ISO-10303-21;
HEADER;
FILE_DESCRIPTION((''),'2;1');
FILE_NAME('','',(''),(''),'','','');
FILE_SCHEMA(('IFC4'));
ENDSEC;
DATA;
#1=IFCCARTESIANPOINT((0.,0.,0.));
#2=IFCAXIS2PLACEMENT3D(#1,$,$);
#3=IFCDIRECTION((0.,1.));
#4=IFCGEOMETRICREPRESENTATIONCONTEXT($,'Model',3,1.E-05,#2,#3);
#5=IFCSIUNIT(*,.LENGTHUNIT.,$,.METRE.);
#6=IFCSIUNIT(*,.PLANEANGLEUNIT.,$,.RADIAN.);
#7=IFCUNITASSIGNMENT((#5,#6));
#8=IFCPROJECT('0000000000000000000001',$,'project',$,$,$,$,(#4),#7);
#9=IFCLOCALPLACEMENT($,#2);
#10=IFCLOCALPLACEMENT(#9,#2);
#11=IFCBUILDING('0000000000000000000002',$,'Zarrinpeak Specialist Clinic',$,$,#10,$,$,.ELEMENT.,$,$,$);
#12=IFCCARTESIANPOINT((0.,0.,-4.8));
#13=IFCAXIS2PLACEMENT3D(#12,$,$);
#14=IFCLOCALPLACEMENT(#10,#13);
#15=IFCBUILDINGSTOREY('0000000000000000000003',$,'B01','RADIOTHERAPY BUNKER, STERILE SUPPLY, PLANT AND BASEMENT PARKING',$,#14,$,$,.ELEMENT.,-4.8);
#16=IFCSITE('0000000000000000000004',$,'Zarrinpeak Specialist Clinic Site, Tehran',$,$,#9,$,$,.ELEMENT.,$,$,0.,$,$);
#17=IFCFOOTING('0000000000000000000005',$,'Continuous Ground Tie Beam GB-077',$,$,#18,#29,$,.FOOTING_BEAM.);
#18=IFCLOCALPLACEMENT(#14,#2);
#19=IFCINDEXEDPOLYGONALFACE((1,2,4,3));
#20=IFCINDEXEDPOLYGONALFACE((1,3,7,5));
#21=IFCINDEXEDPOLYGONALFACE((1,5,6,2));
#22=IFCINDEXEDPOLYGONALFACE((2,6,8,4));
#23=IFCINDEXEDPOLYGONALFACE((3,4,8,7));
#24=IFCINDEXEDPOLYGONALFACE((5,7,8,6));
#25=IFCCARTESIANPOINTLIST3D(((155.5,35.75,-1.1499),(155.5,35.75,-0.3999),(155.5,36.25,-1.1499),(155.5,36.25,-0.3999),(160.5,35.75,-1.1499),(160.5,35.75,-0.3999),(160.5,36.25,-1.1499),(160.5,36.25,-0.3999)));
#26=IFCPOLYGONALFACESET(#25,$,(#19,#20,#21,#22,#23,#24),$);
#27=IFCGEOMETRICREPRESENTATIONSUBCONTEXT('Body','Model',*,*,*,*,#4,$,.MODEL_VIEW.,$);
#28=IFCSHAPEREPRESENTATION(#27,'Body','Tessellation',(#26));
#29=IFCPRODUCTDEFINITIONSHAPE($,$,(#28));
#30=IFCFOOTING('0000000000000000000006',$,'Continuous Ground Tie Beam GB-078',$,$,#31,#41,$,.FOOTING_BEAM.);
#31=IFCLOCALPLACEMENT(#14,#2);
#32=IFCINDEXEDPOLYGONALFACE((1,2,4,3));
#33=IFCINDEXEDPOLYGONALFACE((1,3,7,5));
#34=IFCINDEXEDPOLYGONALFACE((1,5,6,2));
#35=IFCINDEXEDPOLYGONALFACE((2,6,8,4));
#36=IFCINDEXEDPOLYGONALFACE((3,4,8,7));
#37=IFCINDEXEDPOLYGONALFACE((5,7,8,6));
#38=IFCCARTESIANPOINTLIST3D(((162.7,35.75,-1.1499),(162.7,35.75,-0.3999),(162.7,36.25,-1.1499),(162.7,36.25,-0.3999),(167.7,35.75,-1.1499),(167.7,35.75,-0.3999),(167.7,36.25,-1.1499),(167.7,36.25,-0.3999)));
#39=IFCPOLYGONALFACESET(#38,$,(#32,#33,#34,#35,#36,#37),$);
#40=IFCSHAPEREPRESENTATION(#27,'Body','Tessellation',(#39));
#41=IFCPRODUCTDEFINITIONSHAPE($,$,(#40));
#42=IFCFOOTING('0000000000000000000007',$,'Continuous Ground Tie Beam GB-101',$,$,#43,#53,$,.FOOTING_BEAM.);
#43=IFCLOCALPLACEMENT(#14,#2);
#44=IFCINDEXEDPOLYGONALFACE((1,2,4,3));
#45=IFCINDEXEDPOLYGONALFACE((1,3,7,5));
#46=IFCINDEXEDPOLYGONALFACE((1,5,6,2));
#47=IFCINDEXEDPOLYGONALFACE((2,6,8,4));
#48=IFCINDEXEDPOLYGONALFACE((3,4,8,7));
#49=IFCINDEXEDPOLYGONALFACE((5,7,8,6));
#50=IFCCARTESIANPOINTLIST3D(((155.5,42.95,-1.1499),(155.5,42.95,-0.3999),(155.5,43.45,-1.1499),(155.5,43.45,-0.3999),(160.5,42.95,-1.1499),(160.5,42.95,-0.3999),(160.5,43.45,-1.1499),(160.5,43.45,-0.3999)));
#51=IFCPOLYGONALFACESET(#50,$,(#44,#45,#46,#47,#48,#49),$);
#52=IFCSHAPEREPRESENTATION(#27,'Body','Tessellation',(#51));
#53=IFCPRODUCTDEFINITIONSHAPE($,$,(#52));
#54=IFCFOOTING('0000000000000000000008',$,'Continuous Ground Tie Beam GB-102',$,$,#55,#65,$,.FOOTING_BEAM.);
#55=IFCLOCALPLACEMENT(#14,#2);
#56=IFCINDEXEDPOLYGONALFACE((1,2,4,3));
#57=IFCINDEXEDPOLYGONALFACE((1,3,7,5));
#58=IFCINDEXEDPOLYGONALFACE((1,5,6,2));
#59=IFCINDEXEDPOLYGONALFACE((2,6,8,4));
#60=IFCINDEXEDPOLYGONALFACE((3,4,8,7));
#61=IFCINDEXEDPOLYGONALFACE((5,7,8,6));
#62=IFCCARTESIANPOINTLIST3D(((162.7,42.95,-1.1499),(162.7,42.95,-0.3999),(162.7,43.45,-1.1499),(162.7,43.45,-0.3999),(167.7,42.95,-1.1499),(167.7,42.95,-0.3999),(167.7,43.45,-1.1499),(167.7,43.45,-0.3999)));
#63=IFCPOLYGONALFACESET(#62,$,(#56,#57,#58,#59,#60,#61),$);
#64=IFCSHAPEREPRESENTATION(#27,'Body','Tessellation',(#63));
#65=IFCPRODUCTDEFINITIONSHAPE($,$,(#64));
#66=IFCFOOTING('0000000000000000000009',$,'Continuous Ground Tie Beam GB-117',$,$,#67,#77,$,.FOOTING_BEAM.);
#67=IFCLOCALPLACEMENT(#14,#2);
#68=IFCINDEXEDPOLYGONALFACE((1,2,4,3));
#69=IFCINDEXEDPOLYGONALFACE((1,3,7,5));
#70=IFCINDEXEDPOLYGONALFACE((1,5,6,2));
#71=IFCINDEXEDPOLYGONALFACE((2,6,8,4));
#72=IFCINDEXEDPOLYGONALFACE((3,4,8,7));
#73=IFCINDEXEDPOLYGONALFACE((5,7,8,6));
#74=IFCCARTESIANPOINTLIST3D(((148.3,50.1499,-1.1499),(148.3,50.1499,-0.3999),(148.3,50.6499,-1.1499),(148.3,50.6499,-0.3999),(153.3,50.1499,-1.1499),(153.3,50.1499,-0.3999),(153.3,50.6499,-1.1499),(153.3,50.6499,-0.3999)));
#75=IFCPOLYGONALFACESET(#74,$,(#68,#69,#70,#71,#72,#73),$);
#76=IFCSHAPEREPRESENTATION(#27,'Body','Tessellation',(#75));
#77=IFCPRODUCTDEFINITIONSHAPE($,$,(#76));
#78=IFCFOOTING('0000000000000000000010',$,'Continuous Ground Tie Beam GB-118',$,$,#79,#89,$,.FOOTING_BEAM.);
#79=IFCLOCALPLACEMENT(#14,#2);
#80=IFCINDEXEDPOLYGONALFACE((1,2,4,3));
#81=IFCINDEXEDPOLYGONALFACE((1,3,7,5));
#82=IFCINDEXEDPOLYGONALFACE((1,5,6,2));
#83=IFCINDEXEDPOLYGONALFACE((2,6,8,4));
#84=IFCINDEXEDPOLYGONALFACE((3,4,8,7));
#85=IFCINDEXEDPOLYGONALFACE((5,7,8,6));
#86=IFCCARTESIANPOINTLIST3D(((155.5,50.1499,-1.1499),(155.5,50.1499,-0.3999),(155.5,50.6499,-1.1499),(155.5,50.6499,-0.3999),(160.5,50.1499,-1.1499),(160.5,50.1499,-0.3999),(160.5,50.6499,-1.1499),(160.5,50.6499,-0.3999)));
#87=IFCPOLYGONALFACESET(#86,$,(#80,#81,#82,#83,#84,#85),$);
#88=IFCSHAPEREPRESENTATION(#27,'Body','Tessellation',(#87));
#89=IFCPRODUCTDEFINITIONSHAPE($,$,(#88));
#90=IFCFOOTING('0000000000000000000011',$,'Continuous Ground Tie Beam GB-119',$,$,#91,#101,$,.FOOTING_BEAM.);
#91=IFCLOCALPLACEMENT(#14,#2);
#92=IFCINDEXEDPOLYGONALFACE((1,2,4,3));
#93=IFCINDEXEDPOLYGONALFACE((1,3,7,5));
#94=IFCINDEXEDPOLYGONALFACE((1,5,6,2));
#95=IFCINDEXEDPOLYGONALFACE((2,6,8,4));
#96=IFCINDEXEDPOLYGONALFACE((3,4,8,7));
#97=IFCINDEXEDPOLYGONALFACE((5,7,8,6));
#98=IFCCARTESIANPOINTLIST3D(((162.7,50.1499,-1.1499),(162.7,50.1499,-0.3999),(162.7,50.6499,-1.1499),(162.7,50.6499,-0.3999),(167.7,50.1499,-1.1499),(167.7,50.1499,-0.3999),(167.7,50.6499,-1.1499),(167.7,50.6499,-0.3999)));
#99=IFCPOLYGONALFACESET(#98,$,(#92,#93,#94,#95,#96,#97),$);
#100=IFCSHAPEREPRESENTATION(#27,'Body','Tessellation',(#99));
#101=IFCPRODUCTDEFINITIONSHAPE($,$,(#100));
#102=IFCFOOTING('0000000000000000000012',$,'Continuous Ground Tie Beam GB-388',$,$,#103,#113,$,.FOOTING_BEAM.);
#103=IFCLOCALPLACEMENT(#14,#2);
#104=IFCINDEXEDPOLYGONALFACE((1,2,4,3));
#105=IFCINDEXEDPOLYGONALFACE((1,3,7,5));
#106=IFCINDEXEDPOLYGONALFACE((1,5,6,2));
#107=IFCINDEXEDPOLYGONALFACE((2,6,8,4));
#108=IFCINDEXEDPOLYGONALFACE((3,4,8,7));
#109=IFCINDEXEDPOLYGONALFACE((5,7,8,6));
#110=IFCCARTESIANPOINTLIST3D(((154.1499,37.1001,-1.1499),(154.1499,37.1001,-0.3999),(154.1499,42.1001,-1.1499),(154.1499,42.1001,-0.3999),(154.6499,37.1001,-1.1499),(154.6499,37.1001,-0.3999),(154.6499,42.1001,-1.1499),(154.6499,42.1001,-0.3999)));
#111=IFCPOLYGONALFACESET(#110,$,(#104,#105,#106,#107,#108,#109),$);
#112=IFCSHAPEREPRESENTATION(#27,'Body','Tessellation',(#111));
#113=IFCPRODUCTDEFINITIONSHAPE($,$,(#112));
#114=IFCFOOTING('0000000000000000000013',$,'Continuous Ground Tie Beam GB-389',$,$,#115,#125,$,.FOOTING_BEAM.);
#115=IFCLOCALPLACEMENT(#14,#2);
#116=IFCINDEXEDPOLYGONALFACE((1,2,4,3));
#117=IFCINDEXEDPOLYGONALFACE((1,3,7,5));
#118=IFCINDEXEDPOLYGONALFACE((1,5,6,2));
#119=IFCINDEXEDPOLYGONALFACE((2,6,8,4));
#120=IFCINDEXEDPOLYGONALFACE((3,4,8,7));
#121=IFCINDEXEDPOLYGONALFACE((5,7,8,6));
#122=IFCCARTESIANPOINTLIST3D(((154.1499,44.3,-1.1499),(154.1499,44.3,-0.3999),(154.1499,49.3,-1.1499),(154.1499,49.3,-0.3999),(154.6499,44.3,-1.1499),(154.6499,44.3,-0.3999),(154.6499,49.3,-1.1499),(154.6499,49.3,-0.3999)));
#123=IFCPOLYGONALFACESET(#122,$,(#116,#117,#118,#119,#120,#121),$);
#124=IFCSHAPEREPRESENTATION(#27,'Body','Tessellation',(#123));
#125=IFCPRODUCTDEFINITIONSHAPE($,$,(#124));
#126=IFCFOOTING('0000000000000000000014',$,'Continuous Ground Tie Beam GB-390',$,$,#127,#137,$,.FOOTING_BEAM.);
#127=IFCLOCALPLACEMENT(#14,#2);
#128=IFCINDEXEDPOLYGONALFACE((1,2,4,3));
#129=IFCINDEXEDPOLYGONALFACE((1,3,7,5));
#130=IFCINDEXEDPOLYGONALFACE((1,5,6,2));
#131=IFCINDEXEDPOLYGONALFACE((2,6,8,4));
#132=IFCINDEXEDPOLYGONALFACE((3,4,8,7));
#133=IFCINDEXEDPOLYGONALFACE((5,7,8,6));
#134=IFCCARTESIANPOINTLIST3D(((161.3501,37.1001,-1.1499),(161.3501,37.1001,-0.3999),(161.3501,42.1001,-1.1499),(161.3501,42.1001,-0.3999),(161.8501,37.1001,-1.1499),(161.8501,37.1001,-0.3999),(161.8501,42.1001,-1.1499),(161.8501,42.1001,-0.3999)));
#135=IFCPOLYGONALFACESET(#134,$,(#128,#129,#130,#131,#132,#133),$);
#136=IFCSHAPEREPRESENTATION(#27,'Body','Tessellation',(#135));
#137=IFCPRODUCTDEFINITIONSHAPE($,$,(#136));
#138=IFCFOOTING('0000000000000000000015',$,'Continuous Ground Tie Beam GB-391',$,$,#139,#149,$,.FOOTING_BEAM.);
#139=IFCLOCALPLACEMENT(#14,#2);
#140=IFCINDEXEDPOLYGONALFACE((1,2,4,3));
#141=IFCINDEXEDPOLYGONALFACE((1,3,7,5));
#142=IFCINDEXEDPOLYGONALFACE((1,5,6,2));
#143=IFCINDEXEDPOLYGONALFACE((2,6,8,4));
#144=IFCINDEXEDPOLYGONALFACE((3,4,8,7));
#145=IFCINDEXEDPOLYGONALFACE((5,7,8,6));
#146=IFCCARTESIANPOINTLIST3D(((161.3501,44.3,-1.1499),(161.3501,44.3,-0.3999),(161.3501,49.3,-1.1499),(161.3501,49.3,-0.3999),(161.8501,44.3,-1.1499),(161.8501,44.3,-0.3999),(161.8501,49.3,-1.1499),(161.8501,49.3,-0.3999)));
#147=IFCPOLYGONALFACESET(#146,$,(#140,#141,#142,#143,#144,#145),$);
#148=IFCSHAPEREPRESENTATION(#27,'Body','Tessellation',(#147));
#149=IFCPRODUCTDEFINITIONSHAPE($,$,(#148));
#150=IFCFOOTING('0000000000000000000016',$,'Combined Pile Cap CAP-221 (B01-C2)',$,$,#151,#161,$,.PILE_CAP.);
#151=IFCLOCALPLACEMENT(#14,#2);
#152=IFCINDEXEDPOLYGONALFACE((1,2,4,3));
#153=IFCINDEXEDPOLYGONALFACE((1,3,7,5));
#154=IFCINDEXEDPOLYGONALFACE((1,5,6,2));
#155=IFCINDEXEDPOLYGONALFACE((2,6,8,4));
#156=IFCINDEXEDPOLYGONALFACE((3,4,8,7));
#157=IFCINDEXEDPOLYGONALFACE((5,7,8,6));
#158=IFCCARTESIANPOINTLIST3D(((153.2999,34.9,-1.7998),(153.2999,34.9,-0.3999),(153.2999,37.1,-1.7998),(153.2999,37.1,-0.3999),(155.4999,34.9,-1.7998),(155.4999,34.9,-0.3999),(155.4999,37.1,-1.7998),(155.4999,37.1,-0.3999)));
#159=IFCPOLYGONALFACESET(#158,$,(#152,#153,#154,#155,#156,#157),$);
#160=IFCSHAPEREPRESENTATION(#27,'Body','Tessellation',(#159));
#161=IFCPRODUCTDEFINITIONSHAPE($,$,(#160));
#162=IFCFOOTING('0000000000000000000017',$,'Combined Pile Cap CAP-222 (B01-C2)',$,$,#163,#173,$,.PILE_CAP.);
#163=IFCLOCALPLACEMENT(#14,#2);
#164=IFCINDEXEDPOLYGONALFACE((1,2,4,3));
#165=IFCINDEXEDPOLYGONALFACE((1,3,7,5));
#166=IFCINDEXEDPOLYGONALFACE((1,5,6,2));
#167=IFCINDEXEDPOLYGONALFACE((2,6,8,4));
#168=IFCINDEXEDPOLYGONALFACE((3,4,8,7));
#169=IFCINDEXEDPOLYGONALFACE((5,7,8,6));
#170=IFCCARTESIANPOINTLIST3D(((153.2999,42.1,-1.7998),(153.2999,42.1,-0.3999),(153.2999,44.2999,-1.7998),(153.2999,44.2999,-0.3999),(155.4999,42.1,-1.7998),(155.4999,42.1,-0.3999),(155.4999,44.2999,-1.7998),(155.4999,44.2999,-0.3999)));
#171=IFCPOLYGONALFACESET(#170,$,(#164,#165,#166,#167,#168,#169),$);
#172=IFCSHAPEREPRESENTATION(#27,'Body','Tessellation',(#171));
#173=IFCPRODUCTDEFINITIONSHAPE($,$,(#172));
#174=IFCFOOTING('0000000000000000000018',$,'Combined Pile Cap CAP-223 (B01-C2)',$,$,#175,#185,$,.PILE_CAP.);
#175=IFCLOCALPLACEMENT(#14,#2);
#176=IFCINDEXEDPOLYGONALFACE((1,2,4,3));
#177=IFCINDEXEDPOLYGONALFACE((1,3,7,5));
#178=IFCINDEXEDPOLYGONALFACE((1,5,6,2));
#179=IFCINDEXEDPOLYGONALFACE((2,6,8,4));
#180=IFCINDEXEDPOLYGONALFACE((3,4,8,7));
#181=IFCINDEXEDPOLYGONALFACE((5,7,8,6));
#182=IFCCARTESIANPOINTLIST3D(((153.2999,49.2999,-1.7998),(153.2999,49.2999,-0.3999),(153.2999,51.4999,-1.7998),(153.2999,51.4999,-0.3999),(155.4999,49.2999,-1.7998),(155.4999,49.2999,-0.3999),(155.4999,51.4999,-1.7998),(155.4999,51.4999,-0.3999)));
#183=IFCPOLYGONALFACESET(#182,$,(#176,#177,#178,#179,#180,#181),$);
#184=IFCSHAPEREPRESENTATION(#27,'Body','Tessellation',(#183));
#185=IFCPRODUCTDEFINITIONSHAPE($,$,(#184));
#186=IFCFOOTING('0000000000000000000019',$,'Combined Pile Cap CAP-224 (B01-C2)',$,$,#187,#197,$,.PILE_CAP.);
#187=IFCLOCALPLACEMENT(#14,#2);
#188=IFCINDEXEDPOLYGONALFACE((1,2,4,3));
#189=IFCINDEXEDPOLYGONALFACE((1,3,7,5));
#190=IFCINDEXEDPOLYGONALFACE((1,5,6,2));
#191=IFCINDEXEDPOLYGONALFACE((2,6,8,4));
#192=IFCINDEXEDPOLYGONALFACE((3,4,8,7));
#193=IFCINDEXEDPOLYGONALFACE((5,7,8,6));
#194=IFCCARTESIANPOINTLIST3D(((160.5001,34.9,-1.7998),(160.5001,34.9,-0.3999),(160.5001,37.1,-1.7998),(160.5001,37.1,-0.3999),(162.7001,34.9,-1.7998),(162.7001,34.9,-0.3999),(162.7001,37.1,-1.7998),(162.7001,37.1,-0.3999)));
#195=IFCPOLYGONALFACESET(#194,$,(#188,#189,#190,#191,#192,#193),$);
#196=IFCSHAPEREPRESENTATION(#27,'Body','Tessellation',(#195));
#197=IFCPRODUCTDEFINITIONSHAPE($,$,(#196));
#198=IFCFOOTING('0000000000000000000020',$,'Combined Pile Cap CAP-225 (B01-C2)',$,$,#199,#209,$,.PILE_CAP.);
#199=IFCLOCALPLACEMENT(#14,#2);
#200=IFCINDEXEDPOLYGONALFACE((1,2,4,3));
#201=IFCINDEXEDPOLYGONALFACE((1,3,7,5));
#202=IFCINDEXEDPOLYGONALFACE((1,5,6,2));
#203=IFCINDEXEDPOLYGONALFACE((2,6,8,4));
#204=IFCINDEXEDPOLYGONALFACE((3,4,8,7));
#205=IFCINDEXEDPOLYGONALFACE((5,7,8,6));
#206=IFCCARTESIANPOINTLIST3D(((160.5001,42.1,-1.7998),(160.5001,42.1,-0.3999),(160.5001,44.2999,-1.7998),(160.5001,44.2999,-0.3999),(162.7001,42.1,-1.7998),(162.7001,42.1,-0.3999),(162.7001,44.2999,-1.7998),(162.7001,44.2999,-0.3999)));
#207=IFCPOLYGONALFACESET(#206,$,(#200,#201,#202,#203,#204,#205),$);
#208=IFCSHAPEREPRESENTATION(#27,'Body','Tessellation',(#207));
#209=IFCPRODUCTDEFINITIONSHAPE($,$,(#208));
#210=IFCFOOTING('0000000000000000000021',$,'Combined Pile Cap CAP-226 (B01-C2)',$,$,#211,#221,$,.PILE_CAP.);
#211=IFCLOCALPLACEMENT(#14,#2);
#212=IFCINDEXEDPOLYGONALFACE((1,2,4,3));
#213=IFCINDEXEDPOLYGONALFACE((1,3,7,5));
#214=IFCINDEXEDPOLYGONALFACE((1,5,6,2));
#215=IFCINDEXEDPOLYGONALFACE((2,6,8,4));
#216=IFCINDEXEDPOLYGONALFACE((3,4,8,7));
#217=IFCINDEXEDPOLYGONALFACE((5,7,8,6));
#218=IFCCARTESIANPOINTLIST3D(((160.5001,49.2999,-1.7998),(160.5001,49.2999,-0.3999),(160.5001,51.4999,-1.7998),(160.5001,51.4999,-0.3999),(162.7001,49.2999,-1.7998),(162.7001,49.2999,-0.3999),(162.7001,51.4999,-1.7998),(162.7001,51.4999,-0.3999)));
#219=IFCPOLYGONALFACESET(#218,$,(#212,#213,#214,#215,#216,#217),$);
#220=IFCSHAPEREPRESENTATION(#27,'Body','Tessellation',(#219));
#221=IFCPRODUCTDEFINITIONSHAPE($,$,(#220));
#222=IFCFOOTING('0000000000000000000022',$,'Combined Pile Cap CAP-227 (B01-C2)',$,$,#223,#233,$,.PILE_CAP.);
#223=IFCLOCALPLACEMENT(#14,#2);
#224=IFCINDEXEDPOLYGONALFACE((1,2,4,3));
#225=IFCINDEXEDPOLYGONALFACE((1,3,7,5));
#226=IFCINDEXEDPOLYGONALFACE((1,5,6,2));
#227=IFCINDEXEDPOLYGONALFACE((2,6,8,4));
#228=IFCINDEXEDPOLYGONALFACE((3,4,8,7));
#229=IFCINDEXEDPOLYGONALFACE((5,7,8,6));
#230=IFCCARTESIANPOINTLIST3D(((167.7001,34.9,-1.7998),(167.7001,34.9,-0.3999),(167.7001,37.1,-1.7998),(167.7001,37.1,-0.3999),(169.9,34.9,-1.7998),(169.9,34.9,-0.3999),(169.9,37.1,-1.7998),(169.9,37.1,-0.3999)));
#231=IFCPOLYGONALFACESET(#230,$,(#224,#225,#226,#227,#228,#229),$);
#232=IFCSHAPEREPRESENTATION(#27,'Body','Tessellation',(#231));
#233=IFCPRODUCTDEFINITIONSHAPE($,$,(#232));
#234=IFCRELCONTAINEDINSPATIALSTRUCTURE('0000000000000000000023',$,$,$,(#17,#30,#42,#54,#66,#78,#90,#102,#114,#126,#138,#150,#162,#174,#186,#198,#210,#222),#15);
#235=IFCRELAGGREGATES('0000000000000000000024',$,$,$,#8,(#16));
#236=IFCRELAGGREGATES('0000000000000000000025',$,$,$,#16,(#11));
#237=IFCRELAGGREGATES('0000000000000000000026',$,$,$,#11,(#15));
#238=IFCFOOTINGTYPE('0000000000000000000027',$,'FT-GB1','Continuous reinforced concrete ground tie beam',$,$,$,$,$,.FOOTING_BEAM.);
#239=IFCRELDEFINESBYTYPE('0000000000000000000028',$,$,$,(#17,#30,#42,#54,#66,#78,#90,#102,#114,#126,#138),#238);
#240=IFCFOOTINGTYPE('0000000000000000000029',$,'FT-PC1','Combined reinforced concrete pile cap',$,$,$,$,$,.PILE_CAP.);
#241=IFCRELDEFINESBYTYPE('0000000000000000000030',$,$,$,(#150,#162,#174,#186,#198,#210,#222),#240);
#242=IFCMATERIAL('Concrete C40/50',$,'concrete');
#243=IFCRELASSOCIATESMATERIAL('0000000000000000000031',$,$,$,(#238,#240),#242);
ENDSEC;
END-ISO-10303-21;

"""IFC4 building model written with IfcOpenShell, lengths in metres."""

from ifc_helpers import new_model, si_unit, direction, frame, origin, origin_2d, place, context, subcontext, project, spatial, rectangle, extrude, material, material_profile, profile_set, type_object, element, save


model = new_model("IFC4")

# Units and contexts
model_context = context("Model", 3, precision=1e-05, world=origin(), true_north=direction((0.0, 1.0)))
body_context = subcontext(model_context, "Body", "Model", "MODEL_VIEW")
ifc_project = project(units=[si_unit("LENGTHUNIT", "METRE"), si_unit("PLANEANGLEUNIT", "RADIAN")], contexts=[model_context])

# Site, building, storey
site_placement = place(None, origin())
site = spatial("IfcSite", under=ifc_project, at=site_placement, Name="Zarrinpeak Specialist Clinic Site, Tehran", CompositionType="ELEMENT", RefElevation=0.0)
building_placement = place(site_placement, origin())
building = spatial("IfcBuilding", under=site, at=building_placement, Name="Zarrinpeak Specialist Clinic", CompositionType="ELEMENT")
storey_placement = place(building_placement, frame((0.0, 0.0, -4.8)))
storey = spatial("IfcBuildingStorey", under=building, at=storey_placement, Name="B01", Description="RADIOTHERAPY BUNKER, STERILE SUPPLY, PLANT AND BASEMENT PARKING", CompositionType="ELEMENT", Elevation=-4.8)

# Footings
ifc_material_1 = material(Name="Concrete C40/50", Category="concrete")
ifc_material_profile_1 = material_profile(ifc_material_1, rectangle(XDim=0.5, YDim=0.75, at=origin_2d()), Name="RC 500x750")
ifc_profile_set_1 = profile_set([ifc_material_profile_1], Name="Concrete C40/50")
footing_type_1 = type_object("IfcFootingType", Name="FT-GB1", Description="Continuous reinforced concrete ground tie beam", PredefinedType="FOOTING_BEAM", material=ifc_profile_set_1)
for number, where, z_axis, x_axis, name in (
    (1, (155.5, 36.0, -0.7749), (1.0, 0.0, 0.0), (0.0, 1.0, 0.0), "Continuous Ground Tie Beam GB-077"),
    (2, (162.7, 36.0, -0.7749), (1.0, 0.0, 0.0), (0.0, 1.0, 0.0), "Continuous Ground Tie Beam GB-078"),
    (3, (155.5, 43.2, -0.7749), (1.0, 0.0, 0.0), (0.0, 1.0, 0.0), "Continuous Ground Tie Beam GB-101"),
    (4, (162.7, 43.2, -0.7749), (1.0, 0.0, 0.0), (0.0, 1.0, 0.0), "Continuous Ground Tie Beam GB-102"),
    (5, (148.3, 50.3999, -0.7749), (1.0, 0.0, 0.0), (0.0, 1.0, 0.0), "Continuous Ground Tie Beam GB-117"),
    (6, (155.5, 50.3999, -0.7749), (1.0, 0.0, 0.0), (0.0, 1.0, 0.0), "Continuous Ground Tie Beam GB-118"),
    (7, (162.7, 50.3999, -0.7749), (1.0, 0.0, 0.0), (0.0, 1.0, 0.0), "Continuous Ground Tie Beam GB-119"),
    (8, (154.3999, 37.1001, -0.7749), (0.0, 1.0, 0.0), (-1.0, 0.0, 0.0), "Continuous Ground Tie Beam GB-388"),
    (9, (154.3999, 44.3, -0.7749), (0.0, 1.0, 0.0), (-1.0, 0.0, 0.0), "Continuous Ground Tie Beam GB-389"),
    (10, (161.6001, 37.1001, -0.7749), (0.0, 1.0, 0.0), (-1.0, 0.0, 0.0), "Continuous Ground Tie Beam GB-390"),
    (11, (161.6001, 44.3, -0.7749), (0.0, 1.0, 0.0), (-1.0, 0.0, 0.0), "Continuous Ground Tie Beam GB-391"),
):
    element("IfcFooting", number, at=place(storey_placement, frame(where, z_axis=z_axis, x_axis=x_axis)), inside=storey, type_object=footing_type_1, Name=name, PredefinedType="FOOTING_BEAM", context=body_context, shape_type="SweptSolid", body=[
        extrude(rectangle(XDim=0.5, YDim=0.75, at=origin_2d()), origin(), (0.0, 0.0, 1.0), 5.0),
    ])
footing_type_2 = type_object("IfcFootingType", Name="FT-PC1", Description="Combined reinforced concrete pile cap", PredefinedType="PILE_CAP", material=ifc_material_1)
for number, where, z_axis, x_axis, name in (
    (12, (154.3999, 36.0, -1.7998), (0.0, 0.0, 1.0), (1.0, 0.0, 0.0), "Combined Pile Cap CAP-221 (B01-C2)"),
    (13, (154.3999, 43.2, -1.7998), (0.0, 0.0, 1.0), (1.0, 0.0, 0.0), "Combined Pile Cap CAP-222 (B01-C2)"),
    (14, (154.3999, 50.3999, -1.7998), (0.0, 0.0, 1.0), (1.0, 0.0, 0.0), "Combined Pile Cap CAP-223 (B01-C2)"),
    (15, (161.6001, 36.0, -1.7998), (0.0, 0.0, 1.0), (1.0, 0.0, 0.0), "Combined Pile Cap CAP-224 (B01-C2)"),
    (16, (161.6001, 43.2, -1.7998), (0.0, 0.0, 1.0), (1.0, 0.0, 0.0), "Combined Pile Cap CAP-225 (B01-C2)"),
    (17, (161.6001, 50.3999, -1.7998), (0.0, 0.0, 1.0), (1.0, 0.0, 0.0), "Combined Pile Cap CAP-226 (B01-C2)"),
    (18, (168.8, 36.0, -1.7998), (0.0, 0.0, 1.0), (1.0, 0.0, 0.0), "Combined Pile Cap CAP-227 (B01-C2)"),
):
    element("IfcFooting", number, at=place(storey_placement, frame(where, z_axis=z_axis, x_axis=x_axis)), inside=storey, type_object=footing_type_2, Name=name, PredefinedType="PILE_CAP", context=body_context, shape_type="SweptSolid", body=[
        extrude(rectangle(XDim=2.2, YDim=2.2, at=origin_2d()), origin(), (0.0, 0.0, 1.0), 1.3999),
    ])

save(model, "model.ifc")
